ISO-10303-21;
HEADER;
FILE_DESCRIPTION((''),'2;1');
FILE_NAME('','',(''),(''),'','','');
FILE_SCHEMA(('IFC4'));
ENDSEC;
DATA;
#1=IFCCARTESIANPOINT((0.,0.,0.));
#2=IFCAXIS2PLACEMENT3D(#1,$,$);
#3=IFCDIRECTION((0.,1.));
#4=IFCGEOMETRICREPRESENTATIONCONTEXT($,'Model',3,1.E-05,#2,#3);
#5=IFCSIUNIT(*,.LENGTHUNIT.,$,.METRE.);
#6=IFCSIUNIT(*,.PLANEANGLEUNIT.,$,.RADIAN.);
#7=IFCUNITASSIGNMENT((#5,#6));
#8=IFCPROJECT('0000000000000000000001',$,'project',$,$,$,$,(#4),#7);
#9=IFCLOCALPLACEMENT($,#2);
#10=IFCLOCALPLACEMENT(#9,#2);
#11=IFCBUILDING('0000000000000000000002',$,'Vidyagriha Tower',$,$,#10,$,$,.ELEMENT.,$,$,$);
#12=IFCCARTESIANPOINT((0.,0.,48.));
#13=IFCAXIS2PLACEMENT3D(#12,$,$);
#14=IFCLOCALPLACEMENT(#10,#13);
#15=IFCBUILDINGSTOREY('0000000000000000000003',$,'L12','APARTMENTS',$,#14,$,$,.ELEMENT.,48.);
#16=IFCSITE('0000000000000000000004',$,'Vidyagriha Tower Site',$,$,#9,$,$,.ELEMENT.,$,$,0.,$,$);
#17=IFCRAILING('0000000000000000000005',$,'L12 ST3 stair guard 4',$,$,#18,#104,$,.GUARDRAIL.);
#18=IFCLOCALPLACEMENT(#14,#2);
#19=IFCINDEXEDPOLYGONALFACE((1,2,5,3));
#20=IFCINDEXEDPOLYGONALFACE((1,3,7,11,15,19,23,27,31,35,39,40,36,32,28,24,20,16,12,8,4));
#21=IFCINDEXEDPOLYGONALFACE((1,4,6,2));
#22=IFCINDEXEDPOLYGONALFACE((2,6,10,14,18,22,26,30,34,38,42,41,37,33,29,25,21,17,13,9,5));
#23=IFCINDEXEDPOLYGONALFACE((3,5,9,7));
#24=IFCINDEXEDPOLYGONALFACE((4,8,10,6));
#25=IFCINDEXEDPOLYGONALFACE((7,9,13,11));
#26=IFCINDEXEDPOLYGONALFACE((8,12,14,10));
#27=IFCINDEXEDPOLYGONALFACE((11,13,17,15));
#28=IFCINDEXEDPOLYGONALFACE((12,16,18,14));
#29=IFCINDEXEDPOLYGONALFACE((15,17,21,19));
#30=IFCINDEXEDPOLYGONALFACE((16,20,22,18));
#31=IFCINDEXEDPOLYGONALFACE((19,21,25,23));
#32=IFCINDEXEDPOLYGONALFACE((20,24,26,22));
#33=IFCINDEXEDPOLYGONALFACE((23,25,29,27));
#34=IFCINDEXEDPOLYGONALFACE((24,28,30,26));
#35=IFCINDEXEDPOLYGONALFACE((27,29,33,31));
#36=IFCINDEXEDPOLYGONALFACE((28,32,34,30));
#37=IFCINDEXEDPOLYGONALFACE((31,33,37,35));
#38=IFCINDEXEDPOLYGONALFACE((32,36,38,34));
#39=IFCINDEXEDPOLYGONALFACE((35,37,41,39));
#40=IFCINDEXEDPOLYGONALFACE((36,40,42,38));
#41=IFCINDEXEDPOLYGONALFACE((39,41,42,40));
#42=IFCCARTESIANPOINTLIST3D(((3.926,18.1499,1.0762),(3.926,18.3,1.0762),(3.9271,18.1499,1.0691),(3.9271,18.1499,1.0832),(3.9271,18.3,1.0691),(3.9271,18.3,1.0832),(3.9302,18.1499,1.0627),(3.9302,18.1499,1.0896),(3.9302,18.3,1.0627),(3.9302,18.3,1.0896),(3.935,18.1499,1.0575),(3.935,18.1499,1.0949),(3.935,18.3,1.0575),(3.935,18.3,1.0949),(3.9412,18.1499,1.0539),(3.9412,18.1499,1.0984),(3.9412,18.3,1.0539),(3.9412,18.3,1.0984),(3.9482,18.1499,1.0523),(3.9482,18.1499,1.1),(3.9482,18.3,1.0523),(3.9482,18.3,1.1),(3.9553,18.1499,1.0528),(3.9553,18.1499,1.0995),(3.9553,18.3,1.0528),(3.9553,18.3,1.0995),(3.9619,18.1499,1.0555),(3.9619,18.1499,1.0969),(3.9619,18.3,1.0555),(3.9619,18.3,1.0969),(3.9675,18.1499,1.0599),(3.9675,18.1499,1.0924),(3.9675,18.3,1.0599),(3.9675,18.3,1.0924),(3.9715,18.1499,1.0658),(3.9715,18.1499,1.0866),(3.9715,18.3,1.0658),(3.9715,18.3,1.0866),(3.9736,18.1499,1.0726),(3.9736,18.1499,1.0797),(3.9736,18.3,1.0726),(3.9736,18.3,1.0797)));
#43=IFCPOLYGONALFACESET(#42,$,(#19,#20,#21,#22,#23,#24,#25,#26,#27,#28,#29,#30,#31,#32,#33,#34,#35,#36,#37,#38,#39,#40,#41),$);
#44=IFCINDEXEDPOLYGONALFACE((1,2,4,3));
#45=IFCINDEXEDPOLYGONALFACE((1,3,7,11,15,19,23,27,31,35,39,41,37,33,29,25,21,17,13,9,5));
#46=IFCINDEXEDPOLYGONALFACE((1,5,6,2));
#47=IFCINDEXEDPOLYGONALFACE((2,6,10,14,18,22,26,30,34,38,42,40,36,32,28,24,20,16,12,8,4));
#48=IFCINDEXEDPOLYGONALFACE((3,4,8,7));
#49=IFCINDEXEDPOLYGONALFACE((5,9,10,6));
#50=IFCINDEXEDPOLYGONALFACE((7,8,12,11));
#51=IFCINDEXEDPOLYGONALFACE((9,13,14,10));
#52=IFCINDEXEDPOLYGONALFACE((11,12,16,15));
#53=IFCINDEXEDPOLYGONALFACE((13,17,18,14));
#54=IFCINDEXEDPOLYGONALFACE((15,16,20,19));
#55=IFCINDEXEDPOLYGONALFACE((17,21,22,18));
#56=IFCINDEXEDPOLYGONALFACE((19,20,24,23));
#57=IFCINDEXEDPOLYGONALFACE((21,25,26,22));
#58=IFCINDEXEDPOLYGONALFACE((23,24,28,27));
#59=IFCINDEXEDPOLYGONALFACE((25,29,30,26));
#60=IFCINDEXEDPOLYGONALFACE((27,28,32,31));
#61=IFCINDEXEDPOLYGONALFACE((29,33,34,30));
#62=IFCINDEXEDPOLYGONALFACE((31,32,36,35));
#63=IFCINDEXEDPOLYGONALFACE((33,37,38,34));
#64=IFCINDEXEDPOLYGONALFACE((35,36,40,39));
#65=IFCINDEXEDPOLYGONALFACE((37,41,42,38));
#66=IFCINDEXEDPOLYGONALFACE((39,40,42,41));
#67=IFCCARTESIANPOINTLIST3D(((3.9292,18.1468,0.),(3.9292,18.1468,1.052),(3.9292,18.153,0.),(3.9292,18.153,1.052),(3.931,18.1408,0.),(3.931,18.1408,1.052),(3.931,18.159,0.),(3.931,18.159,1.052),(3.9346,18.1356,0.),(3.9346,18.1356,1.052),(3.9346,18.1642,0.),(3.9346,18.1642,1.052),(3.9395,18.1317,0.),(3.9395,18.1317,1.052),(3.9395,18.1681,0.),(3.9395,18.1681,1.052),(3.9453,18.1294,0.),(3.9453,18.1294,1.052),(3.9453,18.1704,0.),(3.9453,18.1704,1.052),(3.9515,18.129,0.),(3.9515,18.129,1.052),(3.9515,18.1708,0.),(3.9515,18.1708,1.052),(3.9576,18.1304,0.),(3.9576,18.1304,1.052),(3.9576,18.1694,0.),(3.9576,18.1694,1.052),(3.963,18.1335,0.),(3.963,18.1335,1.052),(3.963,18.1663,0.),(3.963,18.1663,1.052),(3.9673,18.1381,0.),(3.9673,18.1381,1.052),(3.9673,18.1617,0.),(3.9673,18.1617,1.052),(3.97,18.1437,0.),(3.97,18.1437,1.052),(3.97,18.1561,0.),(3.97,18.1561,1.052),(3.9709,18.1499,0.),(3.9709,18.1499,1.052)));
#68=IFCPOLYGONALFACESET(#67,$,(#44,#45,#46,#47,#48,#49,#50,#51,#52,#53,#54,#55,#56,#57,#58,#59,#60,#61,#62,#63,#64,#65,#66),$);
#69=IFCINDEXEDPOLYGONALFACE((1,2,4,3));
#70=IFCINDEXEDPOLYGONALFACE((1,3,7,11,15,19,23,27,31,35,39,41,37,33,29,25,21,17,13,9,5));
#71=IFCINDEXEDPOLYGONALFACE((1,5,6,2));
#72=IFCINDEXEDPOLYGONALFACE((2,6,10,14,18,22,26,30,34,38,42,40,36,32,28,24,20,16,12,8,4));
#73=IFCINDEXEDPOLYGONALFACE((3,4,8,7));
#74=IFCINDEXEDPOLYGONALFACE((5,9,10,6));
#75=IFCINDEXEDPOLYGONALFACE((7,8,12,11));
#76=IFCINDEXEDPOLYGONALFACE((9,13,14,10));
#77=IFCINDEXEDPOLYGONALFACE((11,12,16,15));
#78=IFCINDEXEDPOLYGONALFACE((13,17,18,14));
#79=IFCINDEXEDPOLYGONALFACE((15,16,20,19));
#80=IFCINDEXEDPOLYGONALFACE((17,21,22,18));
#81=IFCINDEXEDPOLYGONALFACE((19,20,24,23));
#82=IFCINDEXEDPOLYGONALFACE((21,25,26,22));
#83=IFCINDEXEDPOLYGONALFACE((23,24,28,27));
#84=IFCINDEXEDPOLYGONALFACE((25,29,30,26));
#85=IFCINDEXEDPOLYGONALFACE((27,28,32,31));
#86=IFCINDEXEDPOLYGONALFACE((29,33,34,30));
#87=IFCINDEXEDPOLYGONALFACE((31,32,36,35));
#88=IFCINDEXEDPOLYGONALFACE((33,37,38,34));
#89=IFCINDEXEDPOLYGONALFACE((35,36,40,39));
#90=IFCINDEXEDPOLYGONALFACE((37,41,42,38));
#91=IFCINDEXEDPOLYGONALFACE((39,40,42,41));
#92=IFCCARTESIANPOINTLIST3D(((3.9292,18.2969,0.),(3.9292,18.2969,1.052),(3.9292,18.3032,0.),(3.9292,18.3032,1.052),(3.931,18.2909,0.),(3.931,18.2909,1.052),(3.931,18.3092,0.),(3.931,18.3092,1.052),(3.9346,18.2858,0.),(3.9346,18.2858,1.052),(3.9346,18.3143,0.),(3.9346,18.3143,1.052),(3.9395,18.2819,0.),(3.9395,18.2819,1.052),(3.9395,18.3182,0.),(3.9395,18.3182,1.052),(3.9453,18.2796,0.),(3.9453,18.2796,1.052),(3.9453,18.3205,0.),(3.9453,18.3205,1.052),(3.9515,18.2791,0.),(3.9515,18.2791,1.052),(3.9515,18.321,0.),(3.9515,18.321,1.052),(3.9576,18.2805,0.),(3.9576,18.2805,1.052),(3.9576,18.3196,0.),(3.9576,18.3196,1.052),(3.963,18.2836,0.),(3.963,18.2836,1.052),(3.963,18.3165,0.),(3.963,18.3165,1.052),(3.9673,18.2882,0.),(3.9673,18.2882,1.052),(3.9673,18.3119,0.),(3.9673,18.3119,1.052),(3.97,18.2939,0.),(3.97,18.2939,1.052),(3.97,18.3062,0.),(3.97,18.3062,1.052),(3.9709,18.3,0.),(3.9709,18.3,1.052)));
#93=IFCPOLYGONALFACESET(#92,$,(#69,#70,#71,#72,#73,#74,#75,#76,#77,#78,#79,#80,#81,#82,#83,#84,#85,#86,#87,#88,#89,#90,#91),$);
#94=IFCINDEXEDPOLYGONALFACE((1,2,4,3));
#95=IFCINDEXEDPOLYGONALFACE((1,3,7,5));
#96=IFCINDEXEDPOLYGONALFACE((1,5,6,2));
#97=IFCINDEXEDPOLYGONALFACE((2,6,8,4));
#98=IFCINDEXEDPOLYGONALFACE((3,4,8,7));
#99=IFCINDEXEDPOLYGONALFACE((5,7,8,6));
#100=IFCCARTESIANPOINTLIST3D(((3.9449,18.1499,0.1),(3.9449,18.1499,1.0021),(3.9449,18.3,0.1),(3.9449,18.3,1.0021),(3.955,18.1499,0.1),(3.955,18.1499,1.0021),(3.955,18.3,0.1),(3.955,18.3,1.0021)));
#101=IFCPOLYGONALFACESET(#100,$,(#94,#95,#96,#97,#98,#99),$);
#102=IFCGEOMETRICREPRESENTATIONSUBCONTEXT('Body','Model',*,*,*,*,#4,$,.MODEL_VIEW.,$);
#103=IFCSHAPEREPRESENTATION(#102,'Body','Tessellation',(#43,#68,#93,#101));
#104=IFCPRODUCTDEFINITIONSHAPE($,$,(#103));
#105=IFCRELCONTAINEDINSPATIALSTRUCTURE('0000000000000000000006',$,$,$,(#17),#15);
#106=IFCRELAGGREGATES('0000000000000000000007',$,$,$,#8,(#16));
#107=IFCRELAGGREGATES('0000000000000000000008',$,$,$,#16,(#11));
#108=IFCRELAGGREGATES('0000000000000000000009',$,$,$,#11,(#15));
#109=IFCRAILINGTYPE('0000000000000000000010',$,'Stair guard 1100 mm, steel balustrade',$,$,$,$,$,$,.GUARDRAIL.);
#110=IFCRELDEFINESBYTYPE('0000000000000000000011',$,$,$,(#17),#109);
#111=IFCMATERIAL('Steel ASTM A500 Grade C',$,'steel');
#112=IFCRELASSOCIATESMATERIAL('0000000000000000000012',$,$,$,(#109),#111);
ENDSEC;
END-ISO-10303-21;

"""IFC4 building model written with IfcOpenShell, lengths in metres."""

from ifc_helpers import new_model, si_unit, direction, frame, origin, origin_2d, place, context, subcontext, project, spatial, rectangle, circle, extrude, material, type_object, element, save


model = new_model("IFC4")

# Units and contexts
model_context = context("Model", 3, precision=1e-05, world=origin(), true_north=direction((0.0, 1.0)))
body_context = subcontext(model_context, "Body", "Model", "MODEL_VIEW")
ifc_project = project(units=[si_unit("LENGTHUNIT", "METRE"), si_unit("PLANEANGLEUNIT", "RADIAN")], contexts=[model_context])

# Site, building, storey
site_placement = place(None, origin())
site = spatial("IfcSite", under=ifc_project, at=site_placement, Name="Vidyagriha Tower Site", CompositionType="ELEMENT", RefElevation=0.0)
building_placement = place(site_placement, origin())
building = spatial("IfcBuilding", under=site, at=building_placement, Name="Vidyagriha Tower", CompositionType="ELEMENT")
storey_placement = place(building_placement, frame((0.0, 0.0, 48.0)))
storey = spatial("IfcBuildingStorey", under=building, at=storey_placement, Name="L12", Description="APARTMENTS", CompositionType="ELEMENT", Elevation=48.0)

# Railing
ifc_material_1 = material(Name="Steel ASTM A500 Grade C", Category="steel")
railing_type_1 = type_object("IfcRailingType", Name="Stair guard 1100 mm, steel balustrade", PredefinedType="GUARDRAIL", material=ifc_material_1)
railing_1_placement = place(storey_placement, frame((3.95, 18.1499, 0.0)))
element("IfcRailing", 1, at=railing_1_placement, inside=storey, type_object=railing_type_1, Name="L12 ST3 stair guard 4", PredefinedType="GUARDRAIL", context=body_context, shape_type="SweptSolid", body=[
    extrude(circle(Radius=0.0239, at=origin_2d()), frame((0.0, 0.0, 1.0762), z_axis=(0.0, 1.0, 0.0), x_axis=(-1.0, 0.0, 0.0)), (0.0, 0.0, 1.0), 0.1501),
    extrude(circle(Radius=0.021, at=origin_2d()), origin(), (0.0, 0.0, 1.0), 1.052),
    extrude(circle(Radius=0.021, at=origin_2d()), frame((0.0, 0.1501, 0.0)), (0.0, 0.0, 1.0), 1.052),
    extrude(rectangle(XDim=0.01, YDim=0.9021, at=origin_2d()), frame((0.0, 0.0, 0.551), z_axis=(0.0, 1.0, 0.0), x_axis=(-1.0, 0.0, 0.0)), (0.0, 0.0, 1.0), 0.1501),
])

save(model, "model.ifc")
